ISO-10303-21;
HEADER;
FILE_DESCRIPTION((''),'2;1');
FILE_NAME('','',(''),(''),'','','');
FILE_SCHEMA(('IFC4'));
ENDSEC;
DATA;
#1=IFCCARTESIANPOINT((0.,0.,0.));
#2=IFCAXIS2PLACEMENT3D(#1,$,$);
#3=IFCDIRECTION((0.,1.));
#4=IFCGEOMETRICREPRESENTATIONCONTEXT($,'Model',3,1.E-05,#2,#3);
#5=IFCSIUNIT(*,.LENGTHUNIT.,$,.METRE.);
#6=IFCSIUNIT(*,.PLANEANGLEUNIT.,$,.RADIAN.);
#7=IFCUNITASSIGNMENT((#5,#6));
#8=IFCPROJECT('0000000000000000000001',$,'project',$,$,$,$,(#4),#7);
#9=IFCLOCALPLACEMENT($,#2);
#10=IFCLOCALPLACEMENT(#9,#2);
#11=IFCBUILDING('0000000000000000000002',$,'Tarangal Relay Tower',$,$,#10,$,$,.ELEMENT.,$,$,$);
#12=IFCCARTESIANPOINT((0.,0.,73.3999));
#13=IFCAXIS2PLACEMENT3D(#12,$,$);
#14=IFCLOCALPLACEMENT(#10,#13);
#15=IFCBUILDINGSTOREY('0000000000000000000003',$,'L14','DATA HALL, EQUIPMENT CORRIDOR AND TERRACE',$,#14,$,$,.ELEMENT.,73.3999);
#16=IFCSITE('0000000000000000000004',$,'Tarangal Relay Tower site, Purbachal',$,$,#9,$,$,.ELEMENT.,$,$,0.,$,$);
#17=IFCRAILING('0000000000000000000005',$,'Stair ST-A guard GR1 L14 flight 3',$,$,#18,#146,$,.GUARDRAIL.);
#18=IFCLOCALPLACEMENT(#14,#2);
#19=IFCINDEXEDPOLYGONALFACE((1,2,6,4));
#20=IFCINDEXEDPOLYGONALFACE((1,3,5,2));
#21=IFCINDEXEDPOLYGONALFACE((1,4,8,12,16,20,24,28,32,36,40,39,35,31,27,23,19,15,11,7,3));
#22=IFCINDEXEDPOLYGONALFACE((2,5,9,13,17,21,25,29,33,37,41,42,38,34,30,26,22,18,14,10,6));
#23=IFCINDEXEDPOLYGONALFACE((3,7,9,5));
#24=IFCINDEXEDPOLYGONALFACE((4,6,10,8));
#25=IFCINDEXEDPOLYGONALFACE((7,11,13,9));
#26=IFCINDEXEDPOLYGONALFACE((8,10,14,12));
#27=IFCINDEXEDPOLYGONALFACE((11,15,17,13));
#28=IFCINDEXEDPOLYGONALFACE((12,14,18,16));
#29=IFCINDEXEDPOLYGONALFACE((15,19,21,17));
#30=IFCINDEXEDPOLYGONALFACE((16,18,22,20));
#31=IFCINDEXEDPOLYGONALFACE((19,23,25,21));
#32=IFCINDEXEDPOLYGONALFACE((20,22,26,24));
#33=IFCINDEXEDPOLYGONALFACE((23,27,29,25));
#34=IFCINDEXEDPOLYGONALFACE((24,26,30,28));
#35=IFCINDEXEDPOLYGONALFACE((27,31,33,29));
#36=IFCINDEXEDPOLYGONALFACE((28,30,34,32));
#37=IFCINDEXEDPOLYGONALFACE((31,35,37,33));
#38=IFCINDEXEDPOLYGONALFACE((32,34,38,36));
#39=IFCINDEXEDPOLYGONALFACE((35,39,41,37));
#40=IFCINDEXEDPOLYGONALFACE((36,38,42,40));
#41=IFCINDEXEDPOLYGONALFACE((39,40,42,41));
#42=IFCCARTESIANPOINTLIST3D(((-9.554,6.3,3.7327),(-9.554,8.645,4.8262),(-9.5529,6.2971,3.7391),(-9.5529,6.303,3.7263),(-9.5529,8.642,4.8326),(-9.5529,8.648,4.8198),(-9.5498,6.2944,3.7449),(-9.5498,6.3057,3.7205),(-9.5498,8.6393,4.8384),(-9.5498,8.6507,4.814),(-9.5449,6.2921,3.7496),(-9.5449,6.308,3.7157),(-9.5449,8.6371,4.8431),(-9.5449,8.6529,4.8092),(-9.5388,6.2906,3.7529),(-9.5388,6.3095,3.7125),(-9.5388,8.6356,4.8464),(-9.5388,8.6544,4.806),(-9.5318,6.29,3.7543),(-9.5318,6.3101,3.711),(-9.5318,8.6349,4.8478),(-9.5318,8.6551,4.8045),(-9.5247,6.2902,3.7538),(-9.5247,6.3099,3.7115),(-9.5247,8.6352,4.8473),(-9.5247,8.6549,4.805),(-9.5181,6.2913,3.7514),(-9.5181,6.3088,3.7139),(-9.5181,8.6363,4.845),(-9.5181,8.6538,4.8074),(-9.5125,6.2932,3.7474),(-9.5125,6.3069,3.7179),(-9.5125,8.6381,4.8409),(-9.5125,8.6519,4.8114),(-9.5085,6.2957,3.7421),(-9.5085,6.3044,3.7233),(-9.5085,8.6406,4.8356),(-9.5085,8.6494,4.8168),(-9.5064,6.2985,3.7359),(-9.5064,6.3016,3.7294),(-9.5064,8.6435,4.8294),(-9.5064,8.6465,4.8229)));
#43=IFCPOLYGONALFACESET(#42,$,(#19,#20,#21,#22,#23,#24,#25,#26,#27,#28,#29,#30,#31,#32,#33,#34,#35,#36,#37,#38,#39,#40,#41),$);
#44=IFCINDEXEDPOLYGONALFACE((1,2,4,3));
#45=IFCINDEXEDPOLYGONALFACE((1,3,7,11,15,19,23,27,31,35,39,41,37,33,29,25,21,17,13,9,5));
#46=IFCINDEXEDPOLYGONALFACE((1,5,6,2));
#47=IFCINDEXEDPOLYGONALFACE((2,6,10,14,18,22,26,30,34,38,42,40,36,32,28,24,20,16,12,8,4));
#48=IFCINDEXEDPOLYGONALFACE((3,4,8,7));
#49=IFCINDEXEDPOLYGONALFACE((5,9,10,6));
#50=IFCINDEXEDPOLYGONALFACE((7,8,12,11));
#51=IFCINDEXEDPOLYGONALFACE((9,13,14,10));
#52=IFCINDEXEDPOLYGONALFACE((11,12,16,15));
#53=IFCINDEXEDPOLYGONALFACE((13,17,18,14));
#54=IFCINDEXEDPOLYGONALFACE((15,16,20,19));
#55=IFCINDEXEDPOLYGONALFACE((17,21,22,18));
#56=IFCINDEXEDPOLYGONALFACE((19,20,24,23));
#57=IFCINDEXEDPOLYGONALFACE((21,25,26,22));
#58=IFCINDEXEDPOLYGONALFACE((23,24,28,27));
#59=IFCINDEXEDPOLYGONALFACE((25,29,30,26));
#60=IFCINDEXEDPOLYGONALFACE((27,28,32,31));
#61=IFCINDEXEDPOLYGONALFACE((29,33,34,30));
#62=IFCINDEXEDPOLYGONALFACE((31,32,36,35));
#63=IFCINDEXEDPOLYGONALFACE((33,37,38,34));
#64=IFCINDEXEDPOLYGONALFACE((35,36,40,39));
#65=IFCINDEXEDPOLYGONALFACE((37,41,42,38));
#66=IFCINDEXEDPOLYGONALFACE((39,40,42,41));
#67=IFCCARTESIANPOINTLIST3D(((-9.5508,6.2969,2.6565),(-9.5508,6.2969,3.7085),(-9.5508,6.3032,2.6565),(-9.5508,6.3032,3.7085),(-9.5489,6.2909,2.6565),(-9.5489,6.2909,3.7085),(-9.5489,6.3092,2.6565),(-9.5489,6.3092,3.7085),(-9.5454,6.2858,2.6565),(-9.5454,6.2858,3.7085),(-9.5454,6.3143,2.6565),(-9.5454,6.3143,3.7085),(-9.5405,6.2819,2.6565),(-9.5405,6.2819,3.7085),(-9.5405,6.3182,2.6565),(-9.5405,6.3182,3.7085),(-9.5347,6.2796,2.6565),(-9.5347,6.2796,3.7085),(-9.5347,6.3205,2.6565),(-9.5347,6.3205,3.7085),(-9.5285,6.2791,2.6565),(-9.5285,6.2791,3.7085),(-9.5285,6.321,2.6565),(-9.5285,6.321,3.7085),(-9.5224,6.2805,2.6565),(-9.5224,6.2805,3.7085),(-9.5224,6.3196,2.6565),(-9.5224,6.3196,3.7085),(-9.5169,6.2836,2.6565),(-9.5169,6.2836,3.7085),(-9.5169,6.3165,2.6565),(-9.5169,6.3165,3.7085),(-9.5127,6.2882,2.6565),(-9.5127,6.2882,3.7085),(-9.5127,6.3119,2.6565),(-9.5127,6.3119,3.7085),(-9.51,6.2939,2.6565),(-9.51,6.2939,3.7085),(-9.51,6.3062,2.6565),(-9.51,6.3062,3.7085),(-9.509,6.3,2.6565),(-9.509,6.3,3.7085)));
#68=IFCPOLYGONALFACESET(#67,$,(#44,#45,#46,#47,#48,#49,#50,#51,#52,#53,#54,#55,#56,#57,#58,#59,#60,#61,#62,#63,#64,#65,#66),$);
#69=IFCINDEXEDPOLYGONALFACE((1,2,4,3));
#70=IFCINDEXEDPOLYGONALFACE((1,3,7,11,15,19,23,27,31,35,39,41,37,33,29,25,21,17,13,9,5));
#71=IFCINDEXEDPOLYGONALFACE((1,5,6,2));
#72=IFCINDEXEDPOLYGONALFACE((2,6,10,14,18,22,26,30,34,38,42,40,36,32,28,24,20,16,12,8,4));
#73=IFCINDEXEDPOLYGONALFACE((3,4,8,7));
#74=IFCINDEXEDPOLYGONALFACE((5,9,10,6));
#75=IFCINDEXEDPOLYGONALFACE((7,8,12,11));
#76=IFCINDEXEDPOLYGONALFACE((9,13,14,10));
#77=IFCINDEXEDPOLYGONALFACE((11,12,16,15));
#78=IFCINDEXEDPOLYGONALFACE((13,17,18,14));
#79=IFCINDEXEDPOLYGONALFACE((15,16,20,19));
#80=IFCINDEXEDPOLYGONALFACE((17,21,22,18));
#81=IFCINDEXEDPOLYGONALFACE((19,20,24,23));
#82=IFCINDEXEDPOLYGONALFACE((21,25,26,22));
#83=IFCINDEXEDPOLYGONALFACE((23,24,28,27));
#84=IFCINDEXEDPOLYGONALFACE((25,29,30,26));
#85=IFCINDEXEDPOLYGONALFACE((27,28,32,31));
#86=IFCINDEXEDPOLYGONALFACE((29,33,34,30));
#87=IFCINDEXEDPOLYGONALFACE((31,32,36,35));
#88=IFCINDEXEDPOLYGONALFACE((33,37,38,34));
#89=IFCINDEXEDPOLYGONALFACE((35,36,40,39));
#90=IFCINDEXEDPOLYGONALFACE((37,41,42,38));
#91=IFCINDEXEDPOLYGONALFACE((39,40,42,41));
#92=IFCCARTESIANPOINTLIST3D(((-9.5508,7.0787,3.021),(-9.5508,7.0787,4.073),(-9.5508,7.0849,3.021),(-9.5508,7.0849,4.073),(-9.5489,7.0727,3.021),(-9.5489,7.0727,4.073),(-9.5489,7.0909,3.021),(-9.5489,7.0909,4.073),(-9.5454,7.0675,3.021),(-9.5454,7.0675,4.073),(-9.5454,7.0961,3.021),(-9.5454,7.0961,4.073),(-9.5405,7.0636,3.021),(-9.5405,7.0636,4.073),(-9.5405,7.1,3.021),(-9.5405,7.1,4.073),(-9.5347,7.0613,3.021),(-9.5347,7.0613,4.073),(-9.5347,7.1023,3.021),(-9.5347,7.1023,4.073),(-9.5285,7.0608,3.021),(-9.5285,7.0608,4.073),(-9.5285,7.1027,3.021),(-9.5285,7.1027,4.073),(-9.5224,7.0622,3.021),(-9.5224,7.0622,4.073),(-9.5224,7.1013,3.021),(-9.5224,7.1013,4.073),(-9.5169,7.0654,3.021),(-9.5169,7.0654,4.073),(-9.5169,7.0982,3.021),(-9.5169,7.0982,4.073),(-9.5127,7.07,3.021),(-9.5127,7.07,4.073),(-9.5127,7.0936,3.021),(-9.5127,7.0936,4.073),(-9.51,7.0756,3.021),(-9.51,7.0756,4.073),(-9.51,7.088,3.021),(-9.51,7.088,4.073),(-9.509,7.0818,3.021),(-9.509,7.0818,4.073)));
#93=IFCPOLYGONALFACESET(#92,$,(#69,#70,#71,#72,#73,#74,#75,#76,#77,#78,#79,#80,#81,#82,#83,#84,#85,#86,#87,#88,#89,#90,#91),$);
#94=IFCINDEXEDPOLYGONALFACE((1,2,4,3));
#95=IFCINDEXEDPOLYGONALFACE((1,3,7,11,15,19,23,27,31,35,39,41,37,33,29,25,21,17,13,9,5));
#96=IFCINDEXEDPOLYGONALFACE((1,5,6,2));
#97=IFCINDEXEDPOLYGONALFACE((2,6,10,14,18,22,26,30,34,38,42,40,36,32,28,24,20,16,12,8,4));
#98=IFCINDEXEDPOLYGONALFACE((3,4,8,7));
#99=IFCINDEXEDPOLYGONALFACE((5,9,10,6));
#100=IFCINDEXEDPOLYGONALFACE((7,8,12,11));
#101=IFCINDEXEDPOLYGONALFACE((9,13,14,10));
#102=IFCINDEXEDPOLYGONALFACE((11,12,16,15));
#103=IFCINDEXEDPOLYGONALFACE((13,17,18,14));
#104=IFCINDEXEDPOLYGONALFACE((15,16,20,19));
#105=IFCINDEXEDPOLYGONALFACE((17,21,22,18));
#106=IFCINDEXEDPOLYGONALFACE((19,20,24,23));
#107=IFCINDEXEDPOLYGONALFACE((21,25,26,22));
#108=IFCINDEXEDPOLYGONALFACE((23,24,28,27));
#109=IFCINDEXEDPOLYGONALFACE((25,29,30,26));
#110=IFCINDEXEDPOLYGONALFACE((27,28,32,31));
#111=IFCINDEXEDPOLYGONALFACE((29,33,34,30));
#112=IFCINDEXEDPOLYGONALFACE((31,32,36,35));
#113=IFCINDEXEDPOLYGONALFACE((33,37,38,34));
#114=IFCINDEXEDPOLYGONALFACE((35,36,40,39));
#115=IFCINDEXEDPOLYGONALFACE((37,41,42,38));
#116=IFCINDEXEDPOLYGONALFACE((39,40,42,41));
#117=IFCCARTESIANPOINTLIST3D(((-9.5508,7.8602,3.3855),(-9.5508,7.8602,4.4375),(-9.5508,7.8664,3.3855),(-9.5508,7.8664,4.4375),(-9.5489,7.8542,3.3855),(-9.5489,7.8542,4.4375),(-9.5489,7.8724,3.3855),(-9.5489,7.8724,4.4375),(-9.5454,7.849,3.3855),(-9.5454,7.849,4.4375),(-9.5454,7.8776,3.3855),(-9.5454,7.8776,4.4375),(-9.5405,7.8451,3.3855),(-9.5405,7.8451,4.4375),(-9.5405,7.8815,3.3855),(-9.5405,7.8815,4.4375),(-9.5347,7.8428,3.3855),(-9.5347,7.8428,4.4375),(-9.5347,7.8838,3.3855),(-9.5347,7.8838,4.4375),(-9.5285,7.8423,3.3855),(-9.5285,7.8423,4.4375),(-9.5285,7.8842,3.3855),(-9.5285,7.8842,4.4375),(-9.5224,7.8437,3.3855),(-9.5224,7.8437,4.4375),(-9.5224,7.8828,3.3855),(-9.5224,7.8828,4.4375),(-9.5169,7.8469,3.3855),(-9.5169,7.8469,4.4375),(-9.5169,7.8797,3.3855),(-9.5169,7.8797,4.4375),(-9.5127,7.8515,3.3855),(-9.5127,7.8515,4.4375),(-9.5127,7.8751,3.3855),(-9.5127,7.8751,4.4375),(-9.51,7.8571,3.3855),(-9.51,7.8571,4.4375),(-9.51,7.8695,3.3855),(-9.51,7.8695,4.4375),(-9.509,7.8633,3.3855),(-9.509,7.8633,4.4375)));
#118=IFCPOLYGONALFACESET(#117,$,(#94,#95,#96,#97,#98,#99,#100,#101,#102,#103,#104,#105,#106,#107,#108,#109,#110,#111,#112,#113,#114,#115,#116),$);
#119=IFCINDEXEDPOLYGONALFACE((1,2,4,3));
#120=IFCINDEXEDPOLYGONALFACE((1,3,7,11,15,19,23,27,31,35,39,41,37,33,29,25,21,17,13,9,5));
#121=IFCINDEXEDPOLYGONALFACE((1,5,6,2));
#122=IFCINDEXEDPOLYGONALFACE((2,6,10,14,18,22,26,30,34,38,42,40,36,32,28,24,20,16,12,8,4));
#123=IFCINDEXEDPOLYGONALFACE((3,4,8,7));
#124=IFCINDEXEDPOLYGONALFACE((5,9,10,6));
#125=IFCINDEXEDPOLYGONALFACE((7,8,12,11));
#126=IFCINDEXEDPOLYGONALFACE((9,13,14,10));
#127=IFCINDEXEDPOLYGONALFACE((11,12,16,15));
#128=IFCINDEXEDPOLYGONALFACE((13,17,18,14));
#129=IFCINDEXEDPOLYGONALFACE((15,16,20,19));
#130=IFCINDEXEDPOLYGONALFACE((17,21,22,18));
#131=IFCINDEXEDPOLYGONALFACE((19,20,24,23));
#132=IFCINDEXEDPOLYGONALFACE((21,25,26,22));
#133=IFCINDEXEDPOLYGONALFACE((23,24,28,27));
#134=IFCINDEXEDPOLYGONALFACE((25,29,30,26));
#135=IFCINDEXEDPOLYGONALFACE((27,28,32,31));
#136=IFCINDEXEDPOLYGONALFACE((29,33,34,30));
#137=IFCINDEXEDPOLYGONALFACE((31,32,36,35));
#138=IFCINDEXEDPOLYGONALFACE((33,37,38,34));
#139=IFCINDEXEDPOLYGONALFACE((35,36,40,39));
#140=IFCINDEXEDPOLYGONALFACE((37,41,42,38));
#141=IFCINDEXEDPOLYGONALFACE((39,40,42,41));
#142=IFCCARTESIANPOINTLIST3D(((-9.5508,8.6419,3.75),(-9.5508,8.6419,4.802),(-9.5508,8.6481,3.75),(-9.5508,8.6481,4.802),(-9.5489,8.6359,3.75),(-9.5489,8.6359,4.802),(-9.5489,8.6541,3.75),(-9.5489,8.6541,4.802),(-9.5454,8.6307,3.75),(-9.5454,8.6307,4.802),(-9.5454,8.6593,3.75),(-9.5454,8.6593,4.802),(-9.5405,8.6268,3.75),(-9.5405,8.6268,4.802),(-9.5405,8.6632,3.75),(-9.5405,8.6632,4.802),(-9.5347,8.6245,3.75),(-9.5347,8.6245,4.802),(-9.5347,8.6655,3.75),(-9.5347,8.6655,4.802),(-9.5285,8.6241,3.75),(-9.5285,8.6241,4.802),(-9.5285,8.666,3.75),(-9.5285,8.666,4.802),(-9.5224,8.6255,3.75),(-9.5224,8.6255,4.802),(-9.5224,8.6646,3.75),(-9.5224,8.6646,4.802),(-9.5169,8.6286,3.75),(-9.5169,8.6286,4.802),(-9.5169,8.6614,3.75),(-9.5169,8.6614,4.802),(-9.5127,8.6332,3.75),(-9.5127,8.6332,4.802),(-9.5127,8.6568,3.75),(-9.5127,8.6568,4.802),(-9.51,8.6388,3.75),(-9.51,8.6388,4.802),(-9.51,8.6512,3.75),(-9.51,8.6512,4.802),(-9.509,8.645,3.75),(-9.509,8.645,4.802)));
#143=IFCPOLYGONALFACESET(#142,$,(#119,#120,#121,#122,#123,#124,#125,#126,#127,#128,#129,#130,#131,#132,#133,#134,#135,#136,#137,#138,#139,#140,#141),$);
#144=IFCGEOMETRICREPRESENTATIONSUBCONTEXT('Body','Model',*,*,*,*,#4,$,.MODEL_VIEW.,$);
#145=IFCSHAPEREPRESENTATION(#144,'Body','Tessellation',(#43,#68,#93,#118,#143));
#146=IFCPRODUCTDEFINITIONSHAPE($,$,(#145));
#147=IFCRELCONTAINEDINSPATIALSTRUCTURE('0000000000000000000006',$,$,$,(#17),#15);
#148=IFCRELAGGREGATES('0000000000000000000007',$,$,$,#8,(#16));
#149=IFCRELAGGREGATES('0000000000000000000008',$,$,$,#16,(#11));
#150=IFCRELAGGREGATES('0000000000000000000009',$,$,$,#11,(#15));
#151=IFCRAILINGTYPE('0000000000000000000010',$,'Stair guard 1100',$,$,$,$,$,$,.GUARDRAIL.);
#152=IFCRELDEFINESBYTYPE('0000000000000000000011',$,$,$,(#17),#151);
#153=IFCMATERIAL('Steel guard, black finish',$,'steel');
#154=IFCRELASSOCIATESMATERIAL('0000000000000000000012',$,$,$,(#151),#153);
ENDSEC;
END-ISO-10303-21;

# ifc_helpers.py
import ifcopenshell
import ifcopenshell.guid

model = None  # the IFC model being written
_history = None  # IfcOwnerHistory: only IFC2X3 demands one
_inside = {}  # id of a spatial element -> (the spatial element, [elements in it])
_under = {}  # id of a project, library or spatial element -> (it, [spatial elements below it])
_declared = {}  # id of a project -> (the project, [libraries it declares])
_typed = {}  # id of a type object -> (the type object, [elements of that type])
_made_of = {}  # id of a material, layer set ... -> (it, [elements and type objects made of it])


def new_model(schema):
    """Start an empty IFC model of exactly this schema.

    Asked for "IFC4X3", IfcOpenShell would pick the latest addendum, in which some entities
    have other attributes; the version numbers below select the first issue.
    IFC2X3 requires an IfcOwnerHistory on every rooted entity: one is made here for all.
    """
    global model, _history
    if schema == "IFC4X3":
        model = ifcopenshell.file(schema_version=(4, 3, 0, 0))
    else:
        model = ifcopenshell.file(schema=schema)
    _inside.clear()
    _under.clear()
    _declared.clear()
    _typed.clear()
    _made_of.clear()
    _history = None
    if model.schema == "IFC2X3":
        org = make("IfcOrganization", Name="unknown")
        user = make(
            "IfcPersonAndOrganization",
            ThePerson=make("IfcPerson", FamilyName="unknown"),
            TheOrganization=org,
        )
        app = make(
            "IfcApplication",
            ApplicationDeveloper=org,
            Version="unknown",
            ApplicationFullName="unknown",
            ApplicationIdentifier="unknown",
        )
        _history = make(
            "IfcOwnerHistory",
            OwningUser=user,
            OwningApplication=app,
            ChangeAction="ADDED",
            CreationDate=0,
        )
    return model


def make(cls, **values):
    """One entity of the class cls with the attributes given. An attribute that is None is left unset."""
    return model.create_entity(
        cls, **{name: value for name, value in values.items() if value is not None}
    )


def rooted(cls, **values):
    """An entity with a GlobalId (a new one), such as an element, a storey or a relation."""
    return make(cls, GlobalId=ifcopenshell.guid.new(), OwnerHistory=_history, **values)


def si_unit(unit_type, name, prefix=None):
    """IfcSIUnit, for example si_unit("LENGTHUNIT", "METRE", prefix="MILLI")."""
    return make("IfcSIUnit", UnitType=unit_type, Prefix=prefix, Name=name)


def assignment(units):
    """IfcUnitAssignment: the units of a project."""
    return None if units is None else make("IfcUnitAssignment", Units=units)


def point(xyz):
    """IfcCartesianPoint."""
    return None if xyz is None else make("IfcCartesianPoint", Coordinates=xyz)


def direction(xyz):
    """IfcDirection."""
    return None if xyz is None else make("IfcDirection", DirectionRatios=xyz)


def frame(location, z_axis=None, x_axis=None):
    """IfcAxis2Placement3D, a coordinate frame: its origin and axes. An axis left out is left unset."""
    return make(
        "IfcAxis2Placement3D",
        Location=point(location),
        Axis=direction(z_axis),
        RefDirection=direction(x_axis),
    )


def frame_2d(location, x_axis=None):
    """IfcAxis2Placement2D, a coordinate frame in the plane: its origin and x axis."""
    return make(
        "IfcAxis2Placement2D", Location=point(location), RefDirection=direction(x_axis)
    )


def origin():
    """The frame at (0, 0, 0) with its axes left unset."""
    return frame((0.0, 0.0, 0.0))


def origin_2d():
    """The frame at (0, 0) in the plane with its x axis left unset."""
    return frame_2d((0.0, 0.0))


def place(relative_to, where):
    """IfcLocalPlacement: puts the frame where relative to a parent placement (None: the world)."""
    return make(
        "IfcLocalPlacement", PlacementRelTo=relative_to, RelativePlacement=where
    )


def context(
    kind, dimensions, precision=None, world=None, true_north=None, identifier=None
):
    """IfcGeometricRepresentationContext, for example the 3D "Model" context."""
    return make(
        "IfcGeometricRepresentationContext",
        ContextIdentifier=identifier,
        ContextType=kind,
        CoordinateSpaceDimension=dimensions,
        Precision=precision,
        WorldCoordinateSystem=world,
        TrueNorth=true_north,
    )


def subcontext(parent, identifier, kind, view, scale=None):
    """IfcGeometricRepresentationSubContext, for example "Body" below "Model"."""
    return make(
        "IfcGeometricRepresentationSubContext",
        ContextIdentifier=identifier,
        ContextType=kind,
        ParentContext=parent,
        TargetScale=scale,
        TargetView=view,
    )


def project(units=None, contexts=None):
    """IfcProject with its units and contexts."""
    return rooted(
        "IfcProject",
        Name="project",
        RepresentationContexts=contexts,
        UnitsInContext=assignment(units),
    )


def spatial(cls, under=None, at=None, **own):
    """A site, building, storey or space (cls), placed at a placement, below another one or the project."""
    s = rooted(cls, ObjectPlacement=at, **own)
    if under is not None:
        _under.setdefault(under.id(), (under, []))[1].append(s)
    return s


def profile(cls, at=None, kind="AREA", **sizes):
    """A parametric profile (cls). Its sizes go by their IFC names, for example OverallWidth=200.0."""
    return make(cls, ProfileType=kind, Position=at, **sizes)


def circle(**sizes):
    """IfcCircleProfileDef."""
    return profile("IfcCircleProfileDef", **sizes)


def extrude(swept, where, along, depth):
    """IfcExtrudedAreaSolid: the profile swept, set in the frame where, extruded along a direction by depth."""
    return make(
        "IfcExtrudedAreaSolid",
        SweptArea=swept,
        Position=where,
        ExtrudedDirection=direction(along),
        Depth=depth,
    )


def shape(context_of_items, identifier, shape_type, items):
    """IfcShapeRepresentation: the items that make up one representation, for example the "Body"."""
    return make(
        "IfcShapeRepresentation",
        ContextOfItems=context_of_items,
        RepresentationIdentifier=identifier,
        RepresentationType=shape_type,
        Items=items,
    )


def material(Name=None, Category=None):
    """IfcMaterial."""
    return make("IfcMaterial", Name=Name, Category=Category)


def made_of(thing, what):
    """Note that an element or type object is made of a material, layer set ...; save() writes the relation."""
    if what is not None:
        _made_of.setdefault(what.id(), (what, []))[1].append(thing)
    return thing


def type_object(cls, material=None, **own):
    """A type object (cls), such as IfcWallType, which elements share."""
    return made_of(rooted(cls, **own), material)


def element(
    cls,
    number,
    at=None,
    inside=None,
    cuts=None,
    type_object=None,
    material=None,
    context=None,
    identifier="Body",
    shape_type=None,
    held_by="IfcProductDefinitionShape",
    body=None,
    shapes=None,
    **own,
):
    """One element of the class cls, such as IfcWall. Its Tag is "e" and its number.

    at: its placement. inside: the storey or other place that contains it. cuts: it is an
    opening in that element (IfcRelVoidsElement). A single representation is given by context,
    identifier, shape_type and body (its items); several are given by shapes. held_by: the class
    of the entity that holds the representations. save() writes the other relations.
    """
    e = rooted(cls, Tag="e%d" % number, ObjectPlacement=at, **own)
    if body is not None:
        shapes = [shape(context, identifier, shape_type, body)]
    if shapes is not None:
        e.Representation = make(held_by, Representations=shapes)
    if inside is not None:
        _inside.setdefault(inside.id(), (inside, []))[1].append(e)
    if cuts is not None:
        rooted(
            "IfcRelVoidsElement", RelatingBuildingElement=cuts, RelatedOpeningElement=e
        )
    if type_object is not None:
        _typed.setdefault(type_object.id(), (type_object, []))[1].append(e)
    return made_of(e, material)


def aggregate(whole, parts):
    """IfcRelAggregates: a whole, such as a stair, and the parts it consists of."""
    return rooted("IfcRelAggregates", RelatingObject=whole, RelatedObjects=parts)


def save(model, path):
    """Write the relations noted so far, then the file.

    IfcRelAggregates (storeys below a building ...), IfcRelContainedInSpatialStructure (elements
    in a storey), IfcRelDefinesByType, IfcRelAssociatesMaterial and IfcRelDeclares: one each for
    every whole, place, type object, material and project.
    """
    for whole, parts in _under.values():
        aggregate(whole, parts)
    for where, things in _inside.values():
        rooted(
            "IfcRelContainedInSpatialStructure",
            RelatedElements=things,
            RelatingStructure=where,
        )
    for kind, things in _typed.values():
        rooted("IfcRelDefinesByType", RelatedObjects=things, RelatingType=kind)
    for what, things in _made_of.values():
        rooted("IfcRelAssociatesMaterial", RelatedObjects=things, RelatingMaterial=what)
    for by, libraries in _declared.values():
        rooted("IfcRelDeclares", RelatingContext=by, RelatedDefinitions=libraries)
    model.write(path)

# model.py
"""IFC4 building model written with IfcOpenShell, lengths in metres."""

from ifc_helpers import new_model, si_unit, direction, frame, origin, origin_2d, place, context, subcontext, project, spatial, circle, extrude, material, type_object, element, save


model = new_model("IFC4")

# Units and contexts
model_context = context("Model", 3, precision=1e-05, world=origin(), true_north=direction((0.0, 1.0)))
body_context = subcontext(model_context, "Body", "Model", "MODEL_VIEW")
ifc_project = project(units=[si_unit("LENGTHUNIT", "METRE"), si_unit("PLANEANGLEUNIT", "RADIAN")], contexts=[model_context])

# Site, building, storey
site_placement = place(None, origin())
site = spatial("IfcSite", under=ifc_project, at=site_placement, Name="Tarangal Relay Tower site, Purbachal", CompositionType="ELEMENT", RefElevation=0.0)
building_placement = place(site_placement, origin())
building = spatial("IfcBuilding", under=site, at=building_placement, Name="Tarangal Relay Tower", CompositionType="ELEMENT")
storey_placement = place(building_placement, frame((0.0, 0.0, 73.3999)))
storey = spatial("IfcBuildingStorey", under=building, at=storey_placement, Name="L14", Description="DATA HALL, EQUIPMENT CORRIDOR AND TERRACE", CompositionType="ELEMENT", Elevation=73.3999)

# Railing
ifc_material_1 = material(Name="Steel guard, black finish", Category="steel")
railing_type = type_object("IfcRailingType", Name="Stair guard 1100", PredefinedType="GUARDRAIL", material=ifc_material_1)
for number, where, name in (
    (1, (-9.53, 6.3, 2.6565), "Stair ST-A guard GR1 L14 flight 3"),
):
    element("IfcRailing", number, at=place(storey_placement, frame(where)), inside=storey, type_object=railing_type, Name=name, PredefinedType="GUARDRAIL", context=body_context, shape_type="SweptSolid", body=[
        extrude(circle(Radius=0.0239, at=origin_2d()), frame((0.0, 0.0, 1.0762), z_axis=(0.0, 0.906304, 0.422627), x_axis=(-1.0, 0.0, 0.0)), (0.0, 0.0, 1.0), 2.5874),
        extrude(circle(Radius=0.021, at=origin_2d()), origin(), (0.0, 0.0, 1.0), 1.052),
        extrude(circle(Radius=0.021, at=origin_2d()), frame((0.0, 0.7817, 0.3645)), (0.0, 0.0, 1.0), 1.052),
        extrude(circle(Radius=0.021, at=origin_2d()), frame((0.0, 1.5632, 0.729)), (0.0, 0.0, 1.0), 1.052),
        extrude(circle(Radius=0.021, at=origin_2d()), frame((0.0, 2.345, 1.0935)), (0.0, 0.0, 1.0), 1.052),
    ])

save(model, "model.ifc")
